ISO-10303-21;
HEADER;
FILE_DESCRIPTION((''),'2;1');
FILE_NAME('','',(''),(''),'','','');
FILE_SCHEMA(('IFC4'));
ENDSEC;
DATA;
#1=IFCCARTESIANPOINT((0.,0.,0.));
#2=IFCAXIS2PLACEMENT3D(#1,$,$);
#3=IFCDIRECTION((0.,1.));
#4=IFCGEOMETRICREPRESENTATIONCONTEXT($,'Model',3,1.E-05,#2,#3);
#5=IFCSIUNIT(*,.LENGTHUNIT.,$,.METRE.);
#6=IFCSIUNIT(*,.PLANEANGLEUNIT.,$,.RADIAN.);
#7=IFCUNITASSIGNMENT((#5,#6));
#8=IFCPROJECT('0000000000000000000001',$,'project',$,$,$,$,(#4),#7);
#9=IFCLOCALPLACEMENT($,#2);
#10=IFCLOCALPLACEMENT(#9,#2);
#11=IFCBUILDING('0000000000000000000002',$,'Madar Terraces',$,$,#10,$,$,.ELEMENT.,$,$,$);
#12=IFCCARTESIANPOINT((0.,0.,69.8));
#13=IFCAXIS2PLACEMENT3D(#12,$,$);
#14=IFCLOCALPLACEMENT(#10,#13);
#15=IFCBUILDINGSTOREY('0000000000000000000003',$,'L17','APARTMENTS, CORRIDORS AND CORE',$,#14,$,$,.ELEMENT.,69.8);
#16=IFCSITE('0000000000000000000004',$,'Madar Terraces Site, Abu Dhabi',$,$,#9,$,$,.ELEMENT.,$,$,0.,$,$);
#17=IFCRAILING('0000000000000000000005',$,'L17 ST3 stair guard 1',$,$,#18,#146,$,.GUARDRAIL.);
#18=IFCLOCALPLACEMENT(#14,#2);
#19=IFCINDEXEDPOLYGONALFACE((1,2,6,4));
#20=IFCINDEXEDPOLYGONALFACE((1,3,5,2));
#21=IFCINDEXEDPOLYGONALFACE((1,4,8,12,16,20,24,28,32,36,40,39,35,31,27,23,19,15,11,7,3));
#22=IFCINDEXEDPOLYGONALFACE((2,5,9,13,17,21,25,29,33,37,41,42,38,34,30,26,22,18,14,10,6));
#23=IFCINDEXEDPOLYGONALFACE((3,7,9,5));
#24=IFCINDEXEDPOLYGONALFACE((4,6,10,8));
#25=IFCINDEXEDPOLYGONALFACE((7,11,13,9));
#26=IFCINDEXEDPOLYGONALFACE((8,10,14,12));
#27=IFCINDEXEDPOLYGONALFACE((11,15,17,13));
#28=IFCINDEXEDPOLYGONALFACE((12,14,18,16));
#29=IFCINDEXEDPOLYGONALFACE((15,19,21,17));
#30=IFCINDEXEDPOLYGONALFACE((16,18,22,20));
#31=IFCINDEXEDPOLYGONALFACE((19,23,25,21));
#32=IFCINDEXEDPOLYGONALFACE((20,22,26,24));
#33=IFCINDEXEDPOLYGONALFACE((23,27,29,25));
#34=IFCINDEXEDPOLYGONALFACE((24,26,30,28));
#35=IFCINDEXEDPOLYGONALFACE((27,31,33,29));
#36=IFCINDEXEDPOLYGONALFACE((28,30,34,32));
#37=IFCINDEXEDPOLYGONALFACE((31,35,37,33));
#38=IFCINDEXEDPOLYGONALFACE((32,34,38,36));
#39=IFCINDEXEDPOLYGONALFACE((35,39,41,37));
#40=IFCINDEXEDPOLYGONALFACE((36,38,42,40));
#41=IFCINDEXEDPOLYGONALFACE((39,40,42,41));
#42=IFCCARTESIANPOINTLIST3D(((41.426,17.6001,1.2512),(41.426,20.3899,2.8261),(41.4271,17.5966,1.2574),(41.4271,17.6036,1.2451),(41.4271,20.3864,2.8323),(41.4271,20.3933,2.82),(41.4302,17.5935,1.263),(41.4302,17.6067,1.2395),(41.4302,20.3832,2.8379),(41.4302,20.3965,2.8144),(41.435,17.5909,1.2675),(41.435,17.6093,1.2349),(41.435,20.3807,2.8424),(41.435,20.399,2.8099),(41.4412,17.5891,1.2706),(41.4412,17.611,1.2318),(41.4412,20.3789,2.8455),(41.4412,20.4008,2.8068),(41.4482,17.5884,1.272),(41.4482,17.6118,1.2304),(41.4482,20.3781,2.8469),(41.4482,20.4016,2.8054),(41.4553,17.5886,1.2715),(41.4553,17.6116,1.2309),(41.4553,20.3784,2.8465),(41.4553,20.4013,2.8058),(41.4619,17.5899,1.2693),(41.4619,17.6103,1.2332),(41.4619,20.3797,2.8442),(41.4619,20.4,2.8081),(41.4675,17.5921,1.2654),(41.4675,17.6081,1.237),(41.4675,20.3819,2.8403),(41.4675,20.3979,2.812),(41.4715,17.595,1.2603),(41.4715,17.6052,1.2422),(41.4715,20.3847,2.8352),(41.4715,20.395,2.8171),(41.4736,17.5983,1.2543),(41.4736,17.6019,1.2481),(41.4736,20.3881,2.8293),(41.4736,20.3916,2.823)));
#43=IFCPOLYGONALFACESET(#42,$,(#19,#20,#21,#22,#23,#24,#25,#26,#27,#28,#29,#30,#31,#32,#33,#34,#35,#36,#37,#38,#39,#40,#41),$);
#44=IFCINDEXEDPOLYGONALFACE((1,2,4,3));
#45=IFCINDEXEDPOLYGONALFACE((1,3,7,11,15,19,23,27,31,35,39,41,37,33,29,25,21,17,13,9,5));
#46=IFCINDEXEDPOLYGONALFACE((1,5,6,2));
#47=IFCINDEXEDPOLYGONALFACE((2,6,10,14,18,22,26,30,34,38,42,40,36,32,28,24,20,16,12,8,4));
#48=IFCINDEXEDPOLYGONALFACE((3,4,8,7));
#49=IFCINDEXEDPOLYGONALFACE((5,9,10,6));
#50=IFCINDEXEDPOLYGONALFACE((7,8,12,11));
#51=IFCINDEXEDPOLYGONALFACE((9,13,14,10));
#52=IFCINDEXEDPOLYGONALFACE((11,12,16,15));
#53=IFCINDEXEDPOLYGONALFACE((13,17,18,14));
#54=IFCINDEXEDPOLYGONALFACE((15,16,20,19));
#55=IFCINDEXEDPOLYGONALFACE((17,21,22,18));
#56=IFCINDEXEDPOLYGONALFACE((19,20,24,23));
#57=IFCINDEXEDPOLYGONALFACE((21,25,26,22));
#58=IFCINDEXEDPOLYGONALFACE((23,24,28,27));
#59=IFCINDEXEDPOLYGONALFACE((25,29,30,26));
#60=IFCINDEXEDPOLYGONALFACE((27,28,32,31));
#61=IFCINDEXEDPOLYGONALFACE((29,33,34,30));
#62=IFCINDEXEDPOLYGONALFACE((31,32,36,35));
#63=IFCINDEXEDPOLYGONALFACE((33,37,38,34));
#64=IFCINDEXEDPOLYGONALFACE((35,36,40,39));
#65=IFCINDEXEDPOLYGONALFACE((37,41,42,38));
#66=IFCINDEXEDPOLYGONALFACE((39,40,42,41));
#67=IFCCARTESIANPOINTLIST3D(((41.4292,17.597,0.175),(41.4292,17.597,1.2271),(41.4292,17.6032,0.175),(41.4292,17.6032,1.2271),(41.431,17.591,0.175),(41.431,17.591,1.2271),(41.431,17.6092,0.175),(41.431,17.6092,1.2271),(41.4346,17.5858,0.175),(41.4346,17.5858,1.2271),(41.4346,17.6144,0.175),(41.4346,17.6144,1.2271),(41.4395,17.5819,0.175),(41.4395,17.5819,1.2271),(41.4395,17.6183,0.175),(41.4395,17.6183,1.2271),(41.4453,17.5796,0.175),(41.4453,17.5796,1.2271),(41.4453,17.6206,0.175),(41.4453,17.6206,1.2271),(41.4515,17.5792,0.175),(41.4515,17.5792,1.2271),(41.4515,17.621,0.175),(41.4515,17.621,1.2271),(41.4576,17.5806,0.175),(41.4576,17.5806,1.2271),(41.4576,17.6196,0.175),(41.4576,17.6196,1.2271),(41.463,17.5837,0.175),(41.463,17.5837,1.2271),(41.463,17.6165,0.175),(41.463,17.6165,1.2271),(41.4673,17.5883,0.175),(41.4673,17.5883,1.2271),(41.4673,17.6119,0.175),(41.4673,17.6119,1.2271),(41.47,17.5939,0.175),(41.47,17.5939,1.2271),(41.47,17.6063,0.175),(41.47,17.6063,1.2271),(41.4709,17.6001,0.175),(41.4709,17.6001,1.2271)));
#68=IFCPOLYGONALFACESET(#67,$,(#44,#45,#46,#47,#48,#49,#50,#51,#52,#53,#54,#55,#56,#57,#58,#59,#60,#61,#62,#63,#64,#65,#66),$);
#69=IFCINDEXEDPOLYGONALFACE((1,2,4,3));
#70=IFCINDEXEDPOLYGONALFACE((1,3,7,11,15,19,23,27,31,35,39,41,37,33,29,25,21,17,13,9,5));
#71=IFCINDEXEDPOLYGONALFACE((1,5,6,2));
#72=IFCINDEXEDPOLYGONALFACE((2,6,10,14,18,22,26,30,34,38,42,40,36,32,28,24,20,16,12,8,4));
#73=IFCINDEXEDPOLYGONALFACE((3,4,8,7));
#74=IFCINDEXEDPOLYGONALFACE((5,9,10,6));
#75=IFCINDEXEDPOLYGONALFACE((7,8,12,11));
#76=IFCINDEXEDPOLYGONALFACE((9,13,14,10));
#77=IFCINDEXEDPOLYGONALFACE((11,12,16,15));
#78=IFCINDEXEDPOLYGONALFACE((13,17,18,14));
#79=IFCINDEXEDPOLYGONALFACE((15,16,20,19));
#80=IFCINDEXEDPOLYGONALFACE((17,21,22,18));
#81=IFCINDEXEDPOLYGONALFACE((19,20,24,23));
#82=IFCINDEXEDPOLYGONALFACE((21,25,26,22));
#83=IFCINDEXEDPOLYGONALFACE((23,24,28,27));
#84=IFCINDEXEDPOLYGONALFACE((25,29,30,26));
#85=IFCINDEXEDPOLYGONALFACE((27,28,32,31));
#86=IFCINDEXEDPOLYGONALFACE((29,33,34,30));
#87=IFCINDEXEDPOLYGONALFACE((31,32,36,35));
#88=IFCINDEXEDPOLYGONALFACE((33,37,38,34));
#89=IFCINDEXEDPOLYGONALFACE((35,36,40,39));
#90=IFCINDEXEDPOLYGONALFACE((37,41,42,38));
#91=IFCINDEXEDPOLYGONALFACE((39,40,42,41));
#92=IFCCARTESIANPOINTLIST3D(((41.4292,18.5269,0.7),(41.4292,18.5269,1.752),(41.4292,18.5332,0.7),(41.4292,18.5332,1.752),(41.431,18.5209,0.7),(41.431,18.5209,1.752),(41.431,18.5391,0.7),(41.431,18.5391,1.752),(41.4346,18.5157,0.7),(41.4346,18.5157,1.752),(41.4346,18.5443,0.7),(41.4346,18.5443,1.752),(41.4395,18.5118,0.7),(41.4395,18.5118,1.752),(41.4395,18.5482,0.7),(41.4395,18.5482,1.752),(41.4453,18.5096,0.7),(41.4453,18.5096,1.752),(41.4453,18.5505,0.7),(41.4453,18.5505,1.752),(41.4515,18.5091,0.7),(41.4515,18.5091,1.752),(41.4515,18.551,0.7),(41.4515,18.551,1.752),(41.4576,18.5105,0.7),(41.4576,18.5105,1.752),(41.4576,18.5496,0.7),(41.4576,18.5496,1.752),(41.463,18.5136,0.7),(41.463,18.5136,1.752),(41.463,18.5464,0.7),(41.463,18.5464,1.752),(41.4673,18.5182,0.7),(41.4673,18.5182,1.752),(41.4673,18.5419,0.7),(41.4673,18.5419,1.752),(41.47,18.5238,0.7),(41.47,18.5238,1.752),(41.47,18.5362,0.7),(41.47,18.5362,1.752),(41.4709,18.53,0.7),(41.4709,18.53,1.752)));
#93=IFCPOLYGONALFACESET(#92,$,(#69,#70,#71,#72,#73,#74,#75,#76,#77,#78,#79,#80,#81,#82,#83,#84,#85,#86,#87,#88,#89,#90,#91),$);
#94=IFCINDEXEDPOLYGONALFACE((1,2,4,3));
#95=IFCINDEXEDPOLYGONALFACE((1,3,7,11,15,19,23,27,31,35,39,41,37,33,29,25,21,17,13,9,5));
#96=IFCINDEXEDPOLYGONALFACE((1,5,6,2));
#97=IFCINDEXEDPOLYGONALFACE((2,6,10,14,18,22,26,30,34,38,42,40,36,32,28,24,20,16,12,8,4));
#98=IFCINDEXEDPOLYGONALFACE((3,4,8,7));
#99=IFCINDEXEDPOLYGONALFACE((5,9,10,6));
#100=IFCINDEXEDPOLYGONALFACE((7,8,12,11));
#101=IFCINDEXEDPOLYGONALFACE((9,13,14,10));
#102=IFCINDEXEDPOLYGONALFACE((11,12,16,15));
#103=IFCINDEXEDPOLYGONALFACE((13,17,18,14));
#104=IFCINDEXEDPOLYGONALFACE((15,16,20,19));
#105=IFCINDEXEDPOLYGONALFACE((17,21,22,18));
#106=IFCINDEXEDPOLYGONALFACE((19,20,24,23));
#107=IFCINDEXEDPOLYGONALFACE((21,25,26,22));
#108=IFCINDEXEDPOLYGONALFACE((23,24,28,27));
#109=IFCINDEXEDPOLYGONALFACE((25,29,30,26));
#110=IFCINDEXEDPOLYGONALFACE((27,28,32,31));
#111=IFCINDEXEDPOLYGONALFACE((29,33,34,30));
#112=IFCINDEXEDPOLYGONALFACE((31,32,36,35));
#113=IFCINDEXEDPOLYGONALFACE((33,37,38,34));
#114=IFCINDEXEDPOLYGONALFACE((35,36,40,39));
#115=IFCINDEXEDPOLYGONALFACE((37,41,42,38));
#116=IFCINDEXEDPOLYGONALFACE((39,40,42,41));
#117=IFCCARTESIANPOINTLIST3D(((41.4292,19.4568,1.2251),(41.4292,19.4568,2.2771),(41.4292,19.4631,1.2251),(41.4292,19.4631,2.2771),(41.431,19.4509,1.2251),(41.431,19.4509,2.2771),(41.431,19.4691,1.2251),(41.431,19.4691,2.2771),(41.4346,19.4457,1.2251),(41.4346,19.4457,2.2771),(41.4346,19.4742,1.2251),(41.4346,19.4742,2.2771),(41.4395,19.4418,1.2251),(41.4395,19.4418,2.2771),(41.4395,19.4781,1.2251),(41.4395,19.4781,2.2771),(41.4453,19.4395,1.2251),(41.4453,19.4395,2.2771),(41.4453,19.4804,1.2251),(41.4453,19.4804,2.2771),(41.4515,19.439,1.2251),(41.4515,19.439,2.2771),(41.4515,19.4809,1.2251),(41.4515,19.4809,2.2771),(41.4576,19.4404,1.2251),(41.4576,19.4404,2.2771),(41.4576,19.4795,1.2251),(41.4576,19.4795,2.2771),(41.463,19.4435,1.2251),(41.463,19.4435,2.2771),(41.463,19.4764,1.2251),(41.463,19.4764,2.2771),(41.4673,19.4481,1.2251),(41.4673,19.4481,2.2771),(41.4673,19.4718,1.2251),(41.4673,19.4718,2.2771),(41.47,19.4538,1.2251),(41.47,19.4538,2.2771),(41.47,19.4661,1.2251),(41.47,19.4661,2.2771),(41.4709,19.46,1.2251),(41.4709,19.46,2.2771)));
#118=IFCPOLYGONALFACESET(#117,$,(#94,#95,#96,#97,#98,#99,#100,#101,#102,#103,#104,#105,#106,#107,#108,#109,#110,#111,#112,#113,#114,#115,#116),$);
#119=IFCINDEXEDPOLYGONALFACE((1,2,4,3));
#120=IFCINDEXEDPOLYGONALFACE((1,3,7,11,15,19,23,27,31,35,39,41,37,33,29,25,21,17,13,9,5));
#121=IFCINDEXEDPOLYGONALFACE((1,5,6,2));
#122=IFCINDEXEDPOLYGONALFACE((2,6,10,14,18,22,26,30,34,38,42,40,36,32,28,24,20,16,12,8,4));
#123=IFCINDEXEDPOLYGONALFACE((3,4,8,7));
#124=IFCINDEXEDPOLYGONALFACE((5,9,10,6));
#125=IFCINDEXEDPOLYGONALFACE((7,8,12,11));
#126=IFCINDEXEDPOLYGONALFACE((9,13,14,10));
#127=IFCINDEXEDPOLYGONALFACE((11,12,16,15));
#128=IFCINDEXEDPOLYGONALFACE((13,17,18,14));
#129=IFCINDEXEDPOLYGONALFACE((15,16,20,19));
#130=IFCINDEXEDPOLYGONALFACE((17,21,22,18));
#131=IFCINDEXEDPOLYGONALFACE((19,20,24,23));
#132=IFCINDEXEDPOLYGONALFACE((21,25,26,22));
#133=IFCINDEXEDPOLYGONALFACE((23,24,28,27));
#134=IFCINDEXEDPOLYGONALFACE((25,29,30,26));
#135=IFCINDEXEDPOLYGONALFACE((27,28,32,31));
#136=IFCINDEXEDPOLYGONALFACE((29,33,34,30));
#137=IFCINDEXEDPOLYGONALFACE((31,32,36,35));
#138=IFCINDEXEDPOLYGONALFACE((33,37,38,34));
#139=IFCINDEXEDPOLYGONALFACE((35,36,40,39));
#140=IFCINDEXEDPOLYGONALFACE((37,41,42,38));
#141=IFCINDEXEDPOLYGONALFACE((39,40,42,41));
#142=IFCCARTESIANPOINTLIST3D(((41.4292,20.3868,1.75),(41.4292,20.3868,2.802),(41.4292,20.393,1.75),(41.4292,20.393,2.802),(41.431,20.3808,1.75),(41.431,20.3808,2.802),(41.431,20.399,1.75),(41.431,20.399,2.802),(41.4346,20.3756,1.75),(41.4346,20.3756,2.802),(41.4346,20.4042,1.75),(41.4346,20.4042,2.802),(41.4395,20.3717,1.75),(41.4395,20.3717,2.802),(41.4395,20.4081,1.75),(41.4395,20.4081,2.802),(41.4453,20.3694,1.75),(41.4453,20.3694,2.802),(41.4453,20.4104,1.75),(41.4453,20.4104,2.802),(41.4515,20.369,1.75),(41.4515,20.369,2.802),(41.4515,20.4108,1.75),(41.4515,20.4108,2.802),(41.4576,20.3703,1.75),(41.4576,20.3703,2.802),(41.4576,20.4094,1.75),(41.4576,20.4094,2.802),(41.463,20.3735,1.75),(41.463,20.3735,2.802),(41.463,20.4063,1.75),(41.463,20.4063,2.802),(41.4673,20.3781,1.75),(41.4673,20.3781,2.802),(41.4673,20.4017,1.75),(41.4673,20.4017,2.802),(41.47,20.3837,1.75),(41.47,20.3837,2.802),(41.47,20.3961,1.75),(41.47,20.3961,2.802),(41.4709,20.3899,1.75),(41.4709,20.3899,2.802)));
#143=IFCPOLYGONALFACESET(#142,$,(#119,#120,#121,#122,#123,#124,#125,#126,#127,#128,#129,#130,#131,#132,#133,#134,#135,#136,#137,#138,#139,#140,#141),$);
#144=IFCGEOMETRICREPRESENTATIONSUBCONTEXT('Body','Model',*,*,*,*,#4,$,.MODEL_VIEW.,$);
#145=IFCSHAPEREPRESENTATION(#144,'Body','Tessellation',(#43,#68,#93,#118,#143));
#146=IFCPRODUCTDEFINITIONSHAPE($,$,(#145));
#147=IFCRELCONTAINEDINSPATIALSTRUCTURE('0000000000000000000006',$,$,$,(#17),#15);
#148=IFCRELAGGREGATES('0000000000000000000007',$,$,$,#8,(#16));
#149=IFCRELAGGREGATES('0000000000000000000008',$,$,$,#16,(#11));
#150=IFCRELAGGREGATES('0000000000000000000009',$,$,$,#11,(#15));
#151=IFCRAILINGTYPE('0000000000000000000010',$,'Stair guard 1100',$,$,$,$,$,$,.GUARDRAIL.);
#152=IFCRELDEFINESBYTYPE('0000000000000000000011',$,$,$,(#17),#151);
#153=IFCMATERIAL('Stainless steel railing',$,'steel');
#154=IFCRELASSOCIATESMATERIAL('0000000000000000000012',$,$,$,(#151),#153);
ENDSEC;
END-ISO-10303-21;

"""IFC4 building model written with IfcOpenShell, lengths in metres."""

from ifc_helpers import new_model, si_unit, direction, frame, origin, origin_2d, place, context, subcontext, project, spatial, circle, extrude, material, type_object, element, save


model = new_model("IFC4")

# Units and contexts
model_context = context("Model", 3, precision=1e-05, world=origin(), true_north=direction((0.0, 1.0)))
body_context = subcontext(model_context, "Body", "Model", "MODEL_VIEW")
ifc_project = project(units=[si_unit("LENGTHUNIT", "METRE"), si_unit("PLANEANGLEUNIT", "RADIAN")], contexts=[model_context])

# Site, building, storey
site_placement = place(None, origin())
site = spatial("IfcSite", under=ifc_project, at=site_placement, Name="Madar Terraces Site, Abu Dhabi", CompositionType="ELEMENT", RefElevation=0.0)
building_placement = place(site_placement, origin())
building = spatial("IfcBuilding", under=site, at=building_placement, Name="Madar Terraces", CompositionType="ELEMENT")
storey_placement = place(building_placement, frame((0.0, 0.0, 69.8)))
storey = spatial("IfcBuildingStorey", under=building, at=storey_placement, Name="L17", Description="APARTMENTS, CORRIDORS AND CORE", CompositionType="ELEMENT", Elevation=69.8)

# Railing
ifc_material_1 = material(Name="Stainless steel railing", Category="steel")
railing_type_1 = type_object("IfcRailingType", Name="Stair guard 1100", PredefinedType="GUARDRAIL", material=ifc_material_1)
railing_1_placement = place(storey_placement, frame((41.45, 17.6001, 0.175)))
element("IfcRailing", 1, at=railing_1_placement, inside=storey, type_object=railing_type_1, Name="L17 ST3 stair guard 1", PredefinedType="GUARDRAIL", context=body_context, shape_type="SweptSolid", body=[
    extrude(circle(Radius=0.0239, at=origin_2d()), frame((0.0, 0.0, 1.0762), z_axis=(0.0, 0.870815, 0.49161), x_axis=(-1.0, 0.0, 0.0)), (0.0, 0.0, 1.0), 3.2036),
    extrude(circle(Radius=0.021, at=origin_2d()), origin(), (0.0, 0.0, 1.0), 1.052),
    extrude(circle(Radius=0.021, at=origin_2d()), frame((0.0, 0.9299, 0.5249)), (0.0, 0.0, 1.0), 1.052),
    extrude(circle(Radius=0.021, at=origin_2d()), frame((0.0, 1.8599, 1.05)), (0.0, 0.0, 1.0), 1.052),
    extrude(circle(Radius=0.021, at=origin_2d()), frame((0.0, 2.7898, 1.575)), (0.0, 0.0, 1.0), 1.052),
])

save(model, "model.ifc")
